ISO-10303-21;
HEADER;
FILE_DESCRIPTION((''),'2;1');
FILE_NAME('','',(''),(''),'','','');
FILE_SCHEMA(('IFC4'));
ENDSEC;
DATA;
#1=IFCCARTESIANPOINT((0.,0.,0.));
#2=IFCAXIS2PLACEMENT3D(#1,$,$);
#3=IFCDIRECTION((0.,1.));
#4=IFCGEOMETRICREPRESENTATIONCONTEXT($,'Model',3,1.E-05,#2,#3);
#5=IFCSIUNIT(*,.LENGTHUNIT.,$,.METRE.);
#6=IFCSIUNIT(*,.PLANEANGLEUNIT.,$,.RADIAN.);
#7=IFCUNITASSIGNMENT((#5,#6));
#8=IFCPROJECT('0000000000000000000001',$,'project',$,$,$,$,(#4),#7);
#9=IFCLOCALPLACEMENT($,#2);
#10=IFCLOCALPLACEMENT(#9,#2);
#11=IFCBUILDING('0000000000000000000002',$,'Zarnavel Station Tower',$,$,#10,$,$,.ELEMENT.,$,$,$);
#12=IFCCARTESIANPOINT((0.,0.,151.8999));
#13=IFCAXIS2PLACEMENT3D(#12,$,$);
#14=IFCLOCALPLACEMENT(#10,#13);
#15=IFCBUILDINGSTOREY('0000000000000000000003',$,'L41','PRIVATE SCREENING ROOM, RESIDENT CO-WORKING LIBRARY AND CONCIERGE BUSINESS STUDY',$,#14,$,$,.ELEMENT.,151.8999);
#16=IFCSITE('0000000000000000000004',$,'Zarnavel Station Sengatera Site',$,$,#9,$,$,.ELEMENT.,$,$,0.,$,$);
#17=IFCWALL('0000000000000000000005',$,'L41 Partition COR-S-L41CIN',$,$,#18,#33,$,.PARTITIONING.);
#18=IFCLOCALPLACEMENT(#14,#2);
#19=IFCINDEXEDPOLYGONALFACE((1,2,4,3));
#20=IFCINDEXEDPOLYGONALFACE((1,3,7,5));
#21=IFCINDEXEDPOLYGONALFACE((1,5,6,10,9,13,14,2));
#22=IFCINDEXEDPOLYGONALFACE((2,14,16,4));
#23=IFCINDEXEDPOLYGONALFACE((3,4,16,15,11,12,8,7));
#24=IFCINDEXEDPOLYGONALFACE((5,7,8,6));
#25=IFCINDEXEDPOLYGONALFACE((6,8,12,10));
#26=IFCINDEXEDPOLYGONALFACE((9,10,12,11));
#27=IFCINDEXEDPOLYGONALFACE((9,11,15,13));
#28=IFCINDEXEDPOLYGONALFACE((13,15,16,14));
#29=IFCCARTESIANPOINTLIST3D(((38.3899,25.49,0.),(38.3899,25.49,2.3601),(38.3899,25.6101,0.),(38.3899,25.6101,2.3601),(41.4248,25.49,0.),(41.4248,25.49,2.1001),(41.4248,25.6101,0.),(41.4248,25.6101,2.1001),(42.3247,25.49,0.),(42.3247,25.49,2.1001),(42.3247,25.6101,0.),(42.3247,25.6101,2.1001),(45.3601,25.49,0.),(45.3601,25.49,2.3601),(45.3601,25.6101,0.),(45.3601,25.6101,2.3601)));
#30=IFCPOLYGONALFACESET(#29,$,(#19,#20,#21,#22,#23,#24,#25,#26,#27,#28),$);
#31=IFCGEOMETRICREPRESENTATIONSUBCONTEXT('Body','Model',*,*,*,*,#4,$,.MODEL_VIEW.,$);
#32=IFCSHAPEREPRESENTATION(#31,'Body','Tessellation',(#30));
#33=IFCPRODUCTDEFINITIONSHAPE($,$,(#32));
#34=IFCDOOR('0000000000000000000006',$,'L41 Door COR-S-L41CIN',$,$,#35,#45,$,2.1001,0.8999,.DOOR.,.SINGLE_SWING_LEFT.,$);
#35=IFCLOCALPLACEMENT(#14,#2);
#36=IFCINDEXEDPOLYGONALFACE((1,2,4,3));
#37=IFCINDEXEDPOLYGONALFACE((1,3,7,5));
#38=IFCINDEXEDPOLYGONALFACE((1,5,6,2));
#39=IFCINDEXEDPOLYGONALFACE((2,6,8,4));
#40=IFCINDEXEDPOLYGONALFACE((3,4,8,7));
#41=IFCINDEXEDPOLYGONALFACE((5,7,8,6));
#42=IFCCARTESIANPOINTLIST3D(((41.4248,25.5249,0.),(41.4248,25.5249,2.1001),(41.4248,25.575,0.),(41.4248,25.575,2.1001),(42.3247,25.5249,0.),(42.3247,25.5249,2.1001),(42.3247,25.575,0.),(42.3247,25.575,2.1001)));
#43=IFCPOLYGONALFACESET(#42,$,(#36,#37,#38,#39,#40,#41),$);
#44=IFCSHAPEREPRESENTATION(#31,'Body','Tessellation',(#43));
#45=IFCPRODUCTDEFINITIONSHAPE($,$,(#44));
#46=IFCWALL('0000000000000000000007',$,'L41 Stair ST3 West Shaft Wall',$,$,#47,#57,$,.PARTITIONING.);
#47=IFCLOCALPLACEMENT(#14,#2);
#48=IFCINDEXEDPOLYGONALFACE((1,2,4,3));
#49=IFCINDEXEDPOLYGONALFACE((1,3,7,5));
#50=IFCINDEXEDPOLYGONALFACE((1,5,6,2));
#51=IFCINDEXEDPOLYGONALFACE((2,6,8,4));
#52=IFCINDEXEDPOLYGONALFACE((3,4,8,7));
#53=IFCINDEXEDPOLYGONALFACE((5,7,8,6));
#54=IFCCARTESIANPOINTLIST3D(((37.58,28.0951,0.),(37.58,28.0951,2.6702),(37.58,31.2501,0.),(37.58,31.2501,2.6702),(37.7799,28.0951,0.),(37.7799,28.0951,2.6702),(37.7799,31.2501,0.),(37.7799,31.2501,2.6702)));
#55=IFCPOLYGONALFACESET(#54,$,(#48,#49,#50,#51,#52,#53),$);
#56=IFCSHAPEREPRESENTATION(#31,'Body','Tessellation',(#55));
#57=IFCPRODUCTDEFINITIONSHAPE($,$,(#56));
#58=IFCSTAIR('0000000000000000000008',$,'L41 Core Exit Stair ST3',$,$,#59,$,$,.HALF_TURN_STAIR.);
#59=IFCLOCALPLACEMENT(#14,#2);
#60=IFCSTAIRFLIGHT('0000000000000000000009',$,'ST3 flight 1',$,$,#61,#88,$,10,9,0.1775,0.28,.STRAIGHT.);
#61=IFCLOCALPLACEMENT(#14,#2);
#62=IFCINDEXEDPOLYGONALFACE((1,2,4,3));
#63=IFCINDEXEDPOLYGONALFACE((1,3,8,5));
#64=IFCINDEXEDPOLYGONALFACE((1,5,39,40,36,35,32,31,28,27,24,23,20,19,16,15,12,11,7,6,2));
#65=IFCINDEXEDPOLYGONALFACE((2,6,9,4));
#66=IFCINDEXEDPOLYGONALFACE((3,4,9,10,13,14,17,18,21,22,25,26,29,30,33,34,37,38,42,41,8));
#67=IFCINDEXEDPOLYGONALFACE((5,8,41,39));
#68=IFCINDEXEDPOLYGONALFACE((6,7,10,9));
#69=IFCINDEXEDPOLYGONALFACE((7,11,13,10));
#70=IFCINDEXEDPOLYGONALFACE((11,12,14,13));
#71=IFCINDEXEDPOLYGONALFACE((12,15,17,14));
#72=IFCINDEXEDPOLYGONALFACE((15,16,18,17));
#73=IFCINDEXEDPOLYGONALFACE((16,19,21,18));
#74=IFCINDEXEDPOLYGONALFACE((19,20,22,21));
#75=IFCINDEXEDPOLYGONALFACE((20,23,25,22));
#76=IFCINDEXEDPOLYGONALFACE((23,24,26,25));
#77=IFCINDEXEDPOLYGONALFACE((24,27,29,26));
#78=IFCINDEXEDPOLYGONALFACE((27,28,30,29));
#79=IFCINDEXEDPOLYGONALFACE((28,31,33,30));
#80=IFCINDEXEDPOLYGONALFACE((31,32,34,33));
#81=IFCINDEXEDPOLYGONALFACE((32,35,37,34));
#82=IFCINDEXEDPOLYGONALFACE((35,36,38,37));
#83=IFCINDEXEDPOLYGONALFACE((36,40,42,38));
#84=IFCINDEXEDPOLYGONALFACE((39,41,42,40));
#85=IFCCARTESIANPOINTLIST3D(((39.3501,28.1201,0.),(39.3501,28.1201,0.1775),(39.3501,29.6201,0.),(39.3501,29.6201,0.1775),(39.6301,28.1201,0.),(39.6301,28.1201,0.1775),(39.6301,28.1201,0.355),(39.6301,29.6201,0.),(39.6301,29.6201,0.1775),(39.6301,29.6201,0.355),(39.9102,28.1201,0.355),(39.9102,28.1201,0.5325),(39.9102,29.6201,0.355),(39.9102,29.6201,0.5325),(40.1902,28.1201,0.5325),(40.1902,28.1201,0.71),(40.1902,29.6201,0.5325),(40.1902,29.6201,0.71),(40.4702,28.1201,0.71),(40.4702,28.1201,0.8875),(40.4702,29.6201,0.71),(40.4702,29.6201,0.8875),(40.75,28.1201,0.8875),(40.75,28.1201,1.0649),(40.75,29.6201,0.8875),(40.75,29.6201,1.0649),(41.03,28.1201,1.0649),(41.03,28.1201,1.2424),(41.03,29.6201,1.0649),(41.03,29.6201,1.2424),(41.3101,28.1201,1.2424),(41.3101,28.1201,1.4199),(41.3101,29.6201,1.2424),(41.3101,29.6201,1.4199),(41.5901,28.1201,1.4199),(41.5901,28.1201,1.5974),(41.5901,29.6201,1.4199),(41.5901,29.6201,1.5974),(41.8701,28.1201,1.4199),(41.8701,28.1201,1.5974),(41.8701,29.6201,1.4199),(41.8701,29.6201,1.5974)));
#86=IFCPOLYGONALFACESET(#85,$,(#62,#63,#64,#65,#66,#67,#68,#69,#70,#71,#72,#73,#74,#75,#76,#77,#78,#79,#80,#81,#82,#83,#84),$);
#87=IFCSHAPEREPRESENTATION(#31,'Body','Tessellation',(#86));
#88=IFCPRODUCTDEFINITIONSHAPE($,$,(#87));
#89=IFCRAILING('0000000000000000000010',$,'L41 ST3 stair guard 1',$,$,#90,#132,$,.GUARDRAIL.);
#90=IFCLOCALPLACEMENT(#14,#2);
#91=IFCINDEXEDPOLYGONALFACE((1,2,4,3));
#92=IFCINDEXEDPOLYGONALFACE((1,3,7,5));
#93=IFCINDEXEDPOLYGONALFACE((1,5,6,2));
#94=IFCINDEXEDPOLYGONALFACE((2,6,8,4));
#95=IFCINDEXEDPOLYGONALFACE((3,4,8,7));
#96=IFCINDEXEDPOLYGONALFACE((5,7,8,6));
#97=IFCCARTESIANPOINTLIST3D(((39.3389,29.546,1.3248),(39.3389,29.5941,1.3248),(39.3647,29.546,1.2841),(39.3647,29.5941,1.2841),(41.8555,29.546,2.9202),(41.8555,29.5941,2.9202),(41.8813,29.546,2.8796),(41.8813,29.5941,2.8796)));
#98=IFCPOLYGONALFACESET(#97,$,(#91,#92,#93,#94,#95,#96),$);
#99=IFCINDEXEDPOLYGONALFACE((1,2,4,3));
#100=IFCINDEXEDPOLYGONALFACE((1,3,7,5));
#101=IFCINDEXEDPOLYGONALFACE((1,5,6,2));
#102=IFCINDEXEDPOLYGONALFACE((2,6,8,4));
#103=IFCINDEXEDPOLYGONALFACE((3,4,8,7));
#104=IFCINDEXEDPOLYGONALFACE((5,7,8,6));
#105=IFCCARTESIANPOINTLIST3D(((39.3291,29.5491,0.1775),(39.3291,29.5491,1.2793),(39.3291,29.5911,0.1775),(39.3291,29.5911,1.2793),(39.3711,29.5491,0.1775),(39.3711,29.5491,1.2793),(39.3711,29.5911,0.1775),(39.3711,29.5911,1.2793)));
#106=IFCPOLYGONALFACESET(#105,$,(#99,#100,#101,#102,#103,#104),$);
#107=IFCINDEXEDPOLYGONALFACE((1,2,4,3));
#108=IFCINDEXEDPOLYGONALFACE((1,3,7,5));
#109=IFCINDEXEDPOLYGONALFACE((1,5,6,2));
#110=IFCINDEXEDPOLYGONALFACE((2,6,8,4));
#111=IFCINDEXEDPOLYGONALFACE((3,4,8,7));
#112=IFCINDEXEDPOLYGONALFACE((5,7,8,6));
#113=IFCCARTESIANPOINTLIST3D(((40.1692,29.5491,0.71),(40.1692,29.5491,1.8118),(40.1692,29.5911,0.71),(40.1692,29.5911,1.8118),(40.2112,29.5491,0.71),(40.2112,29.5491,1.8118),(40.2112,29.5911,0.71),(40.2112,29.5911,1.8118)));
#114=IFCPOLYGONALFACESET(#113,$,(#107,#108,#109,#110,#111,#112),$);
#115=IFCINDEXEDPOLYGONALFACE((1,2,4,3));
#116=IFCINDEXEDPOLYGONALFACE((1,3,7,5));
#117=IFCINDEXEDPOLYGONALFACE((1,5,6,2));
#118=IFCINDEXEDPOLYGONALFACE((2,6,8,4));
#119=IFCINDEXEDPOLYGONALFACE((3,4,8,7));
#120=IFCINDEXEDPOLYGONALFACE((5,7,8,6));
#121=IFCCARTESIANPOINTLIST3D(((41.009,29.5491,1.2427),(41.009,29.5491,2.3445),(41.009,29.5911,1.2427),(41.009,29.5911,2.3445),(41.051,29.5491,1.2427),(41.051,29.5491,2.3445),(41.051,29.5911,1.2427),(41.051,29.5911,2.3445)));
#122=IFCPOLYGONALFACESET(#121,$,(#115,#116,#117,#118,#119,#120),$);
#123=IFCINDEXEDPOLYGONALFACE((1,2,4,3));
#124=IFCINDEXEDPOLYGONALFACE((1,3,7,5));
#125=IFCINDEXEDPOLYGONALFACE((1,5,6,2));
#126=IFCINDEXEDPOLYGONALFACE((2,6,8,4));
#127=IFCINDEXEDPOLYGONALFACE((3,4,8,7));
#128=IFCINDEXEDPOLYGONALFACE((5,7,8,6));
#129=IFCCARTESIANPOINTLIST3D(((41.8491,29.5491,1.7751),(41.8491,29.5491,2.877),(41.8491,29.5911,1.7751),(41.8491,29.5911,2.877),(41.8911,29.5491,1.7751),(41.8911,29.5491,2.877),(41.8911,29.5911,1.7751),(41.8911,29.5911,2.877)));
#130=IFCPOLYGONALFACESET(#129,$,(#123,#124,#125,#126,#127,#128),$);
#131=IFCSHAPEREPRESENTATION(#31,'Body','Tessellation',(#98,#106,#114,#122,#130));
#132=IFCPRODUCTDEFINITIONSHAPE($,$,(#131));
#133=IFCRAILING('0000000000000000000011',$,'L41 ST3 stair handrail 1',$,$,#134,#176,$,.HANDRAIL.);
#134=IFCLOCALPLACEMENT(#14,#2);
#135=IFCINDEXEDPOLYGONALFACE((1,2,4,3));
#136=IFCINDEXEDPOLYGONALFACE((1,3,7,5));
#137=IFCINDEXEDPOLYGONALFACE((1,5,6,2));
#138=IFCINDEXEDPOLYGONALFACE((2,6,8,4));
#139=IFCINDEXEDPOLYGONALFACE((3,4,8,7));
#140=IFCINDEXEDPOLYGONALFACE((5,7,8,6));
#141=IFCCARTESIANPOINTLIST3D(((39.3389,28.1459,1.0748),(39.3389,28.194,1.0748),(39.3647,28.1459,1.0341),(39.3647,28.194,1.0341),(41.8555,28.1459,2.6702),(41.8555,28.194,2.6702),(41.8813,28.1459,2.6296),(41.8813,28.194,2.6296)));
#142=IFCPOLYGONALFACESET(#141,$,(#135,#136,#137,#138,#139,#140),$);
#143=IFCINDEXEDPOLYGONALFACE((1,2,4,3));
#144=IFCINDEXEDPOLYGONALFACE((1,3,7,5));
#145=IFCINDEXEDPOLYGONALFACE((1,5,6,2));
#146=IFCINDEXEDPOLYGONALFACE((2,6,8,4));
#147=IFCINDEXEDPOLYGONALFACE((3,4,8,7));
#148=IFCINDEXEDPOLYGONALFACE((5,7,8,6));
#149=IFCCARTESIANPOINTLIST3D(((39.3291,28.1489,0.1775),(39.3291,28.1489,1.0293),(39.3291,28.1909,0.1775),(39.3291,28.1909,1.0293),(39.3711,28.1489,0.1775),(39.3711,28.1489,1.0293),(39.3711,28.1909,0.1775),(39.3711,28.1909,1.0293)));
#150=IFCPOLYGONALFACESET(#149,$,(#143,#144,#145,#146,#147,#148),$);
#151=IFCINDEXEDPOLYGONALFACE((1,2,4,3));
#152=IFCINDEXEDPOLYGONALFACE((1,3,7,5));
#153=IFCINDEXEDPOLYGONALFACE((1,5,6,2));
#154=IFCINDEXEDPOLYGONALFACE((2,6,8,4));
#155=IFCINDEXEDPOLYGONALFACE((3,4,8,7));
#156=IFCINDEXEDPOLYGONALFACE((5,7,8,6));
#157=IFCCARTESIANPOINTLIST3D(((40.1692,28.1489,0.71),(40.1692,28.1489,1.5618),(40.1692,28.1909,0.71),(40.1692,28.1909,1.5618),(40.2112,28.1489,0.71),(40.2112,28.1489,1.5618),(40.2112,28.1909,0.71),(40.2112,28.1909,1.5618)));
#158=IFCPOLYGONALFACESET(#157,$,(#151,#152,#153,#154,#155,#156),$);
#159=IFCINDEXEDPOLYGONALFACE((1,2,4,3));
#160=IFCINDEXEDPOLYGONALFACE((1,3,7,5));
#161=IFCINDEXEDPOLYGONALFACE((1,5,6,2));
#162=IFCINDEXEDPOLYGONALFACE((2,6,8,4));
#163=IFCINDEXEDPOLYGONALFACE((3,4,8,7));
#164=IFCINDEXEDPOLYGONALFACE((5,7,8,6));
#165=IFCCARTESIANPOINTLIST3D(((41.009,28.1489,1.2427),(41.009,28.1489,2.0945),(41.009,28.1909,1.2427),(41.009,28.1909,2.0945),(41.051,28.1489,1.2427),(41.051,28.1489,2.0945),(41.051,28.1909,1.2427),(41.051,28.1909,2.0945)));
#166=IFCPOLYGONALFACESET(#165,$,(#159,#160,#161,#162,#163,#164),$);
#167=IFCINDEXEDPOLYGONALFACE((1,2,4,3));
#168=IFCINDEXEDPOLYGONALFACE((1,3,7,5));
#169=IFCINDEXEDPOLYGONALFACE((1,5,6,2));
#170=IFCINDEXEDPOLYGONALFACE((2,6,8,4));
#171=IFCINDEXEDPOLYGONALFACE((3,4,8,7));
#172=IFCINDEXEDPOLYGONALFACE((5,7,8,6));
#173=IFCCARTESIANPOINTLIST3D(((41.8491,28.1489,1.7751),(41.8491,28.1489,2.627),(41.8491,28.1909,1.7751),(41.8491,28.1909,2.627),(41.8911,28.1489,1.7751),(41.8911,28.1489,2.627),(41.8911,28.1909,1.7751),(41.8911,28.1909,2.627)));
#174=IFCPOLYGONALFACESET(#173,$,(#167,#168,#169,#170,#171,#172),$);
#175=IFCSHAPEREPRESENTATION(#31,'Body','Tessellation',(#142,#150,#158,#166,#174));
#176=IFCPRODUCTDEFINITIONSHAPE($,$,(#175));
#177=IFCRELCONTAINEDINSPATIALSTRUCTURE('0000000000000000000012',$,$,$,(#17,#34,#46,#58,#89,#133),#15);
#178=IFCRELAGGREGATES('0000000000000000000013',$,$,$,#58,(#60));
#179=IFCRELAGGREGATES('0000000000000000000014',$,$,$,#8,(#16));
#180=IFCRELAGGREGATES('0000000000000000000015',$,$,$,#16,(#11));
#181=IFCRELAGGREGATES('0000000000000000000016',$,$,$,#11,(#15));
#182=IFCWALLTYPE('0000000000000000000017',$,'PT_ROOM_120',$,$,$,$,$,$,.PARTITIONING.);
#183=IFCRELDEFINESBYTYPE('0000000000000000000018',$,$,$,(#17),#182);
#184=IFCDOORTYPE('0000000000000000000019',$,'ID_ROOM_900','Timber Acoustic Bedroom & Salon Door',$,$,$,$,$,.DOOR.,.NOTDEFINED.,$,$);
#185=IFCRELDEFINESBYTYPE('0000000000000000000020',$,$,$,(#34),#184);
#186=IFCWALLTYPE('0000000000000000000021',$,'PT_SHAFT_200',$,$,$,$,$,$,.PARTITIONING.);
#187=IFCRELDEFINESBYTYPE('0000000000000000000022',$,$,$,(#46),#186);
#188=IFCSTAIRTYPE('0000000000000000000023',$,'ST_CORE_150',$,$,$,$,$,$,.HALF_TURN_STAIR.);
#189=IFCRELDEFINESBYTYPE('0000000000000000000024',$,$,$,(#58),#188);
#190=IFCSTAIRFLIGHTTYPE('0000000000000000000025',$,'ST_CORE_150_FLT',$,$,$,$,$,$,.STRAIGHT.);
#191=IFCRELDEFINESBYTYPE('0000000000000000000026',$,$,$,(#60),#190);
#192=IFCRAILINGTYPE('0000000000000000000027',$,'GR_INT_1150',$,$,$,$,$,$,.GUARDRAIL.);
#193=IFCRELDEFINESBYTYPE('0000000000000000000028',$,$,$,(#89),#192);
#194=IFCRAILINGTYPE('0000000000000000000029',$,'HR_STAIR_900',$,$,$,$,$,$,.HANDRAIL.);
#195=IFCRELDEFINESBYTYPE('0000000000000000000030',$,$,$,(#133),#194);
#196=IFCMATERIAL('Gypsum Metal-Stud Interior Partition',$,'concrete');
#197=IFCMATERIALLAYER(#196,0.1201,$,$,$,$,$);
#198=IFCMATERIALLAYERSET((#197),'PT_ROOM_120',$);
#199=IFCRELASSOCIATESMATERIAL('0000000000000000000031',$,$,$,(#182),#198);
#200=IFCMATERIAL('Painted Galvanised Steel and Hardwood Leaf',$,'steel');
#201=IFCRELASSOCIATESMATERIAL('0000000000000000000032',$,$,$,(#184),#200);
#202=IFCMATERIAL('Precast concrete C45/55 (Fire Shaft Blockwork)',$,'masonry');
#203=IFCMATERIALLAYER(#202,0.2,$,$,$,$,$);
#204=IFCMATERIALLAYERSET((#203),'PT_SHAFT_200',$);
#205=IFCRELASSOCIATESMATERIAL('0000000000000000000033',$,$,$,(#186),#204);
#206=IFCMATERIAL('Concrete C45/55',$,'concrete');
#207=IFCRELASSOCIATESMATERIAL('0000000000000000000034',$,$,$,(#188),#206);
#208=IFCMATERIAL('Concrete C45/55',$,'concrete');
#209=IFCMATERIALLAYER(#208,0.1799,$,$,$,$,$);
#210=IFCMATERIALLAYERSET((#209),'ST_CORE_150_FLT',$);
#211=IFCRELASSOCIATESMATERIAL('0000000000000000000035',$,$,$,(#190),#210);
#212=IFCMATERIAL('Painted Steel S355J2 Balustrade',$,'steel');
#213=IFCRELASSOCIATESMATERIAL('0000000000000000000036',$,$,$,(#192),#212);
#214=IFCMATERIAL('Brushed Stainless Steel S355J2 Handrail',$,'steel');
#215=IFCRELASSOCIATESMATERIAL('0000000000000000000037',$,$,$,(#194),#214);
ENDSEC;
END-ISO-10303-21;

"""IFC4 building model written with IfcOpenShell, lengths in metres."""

from ifc_helpers import new_model, si_unit, direction, frame, frame_2d, origin, origin_2d, place, context, subcontext, project, spatial, polyline, rectangle, outline, extrude, material, layer, layer_set, type_object, element, fill, aggregate, save


model = new_model("IFC4")

# Units and contexts
model_context = context("Model", 3, precision=1e-05, world=origin(), true_north=direction((0.0, 1.0)))
body_context = subcontext(model_context, "Body", "Model", "MODEL_VIEW")
ifc_project = project(units=[si_unit("LENGTHUNIT", "METRE"), si_unit("PLANEANGLEUNIT", "RADIAN")], contexts=[model_context])

# Site, building, storey
site_placement = place(None, origin())
site = spatial("IfcSite", under=ifc_project, at=site_placement, Name="Zarnavel Station Sengatera Site", CompositionType="ELEMENT", RefElevation=0.0)
building_placement = place(site_placement, origin())
building = spatial("IfcBuilding", under=site, at=building_placement, Name="Zarnavel Station Tower", CompositionType="ELEMENT")
storey_placement = place(building_placement, frame((0.0, 0.0, 151.8999)))
storey = spatial("IfcBuildingStorey", under=building, at=storey_placement, Name="L41", Description="PRIVATE SCREENING ROOM, RESIDENT CO-WORKING LIBRARY AND CONCIERGE BUSINESS STUDY", CompositionType="ELEMENT", Elevation=151.8999)

# Wall, opening, door
ifc_material_1 = material(Name="Gypsum Metal-Stud Interior Partition", Category="concrete")
ifc_layer_1 = layer(ifc_material_1, 0.1201)
ifc_layer_set_1 = layer_set([ifc_layer_1], Name="PT_ROOM_120")
wall_type_1 = type_object("IfcWallType", Name="PT_ROOM_120", PredefinedType="PARTITIONING", material=ifc_layer_set_1)
wall_1_placement = place(storey_placement, frame((38.3899, 25.55, 0.0), z_axis=(0.0, 0.0, 1.0), x_axis=(1.0, 0.0, 0.0)))
wall_1 = element("IfcWall", 1, at=wall_1_placement, inside=storey, type_object=wall_type_1, Name="L41 Partition COR-S-L41CIN", PredefinedType="PARTITIONING", context=body_context, shape_type="SweptSolid", body=[
    extrude(rectangle(XDim=6.9702, YDim=0.1201, at=frame_2d((3.4851, 0.0))), origin(), (0.0, 0.0, 1.0), 2.3601),
])
opening_1_placement = place(wall_1_placement, frame((3.0349, 0.0, 0.0)))
opening_1 = element("IfcOpeningElement", 2, at=opening_1_placement, cuts=wall_1, PredefinedType="OPENING", context=body_context, shape_type="SweptSolid", body=[
    extrude(rectangle(XDim=0.8999, YDim=2.1001, at=frame_2d((0.45, 1.05))), frame((0.0, 0.0701, 0.0), z_axis=(0.0, -1.0, 0.0), x_axis=(1.0, 0.0, 0.0)), (0.0, 0.0, 1.0), 0.1401),
])
ifc_material_2 = material(Name="Painted Galvanised Steel and Hardwood Leaf", Category="steel")
door_type_1 = type_object("IfcDoorType", Name="ID_ROOM_900", Description="Timber Acoustic Bedroom & Salon Door", OperationType="NOTDEFINED", PredefinedType="DOOR", material=ifc_material_2)
door_1_placement = place(opening_1_placement, origin())
door_1 = element("IfcDoor", 3, at=door_1_placement, inside=storey, type_object=door_type_1, Name="L41 Door COR-S-L41CIN", OperationType="SINGLE_SWING_LEFT", OverallHeight=2.1001, OverallWidth=0.8999, PredefinedType="DOOR", context=body_context, shape_type="SweptSolid", body=[
    extrude(rectangle(XDim=0.8999, YDim=2.1001, at=frame_2d((0.45, 1.05))), frame((0.0, 0.0249, 0.0), z_axis=(0.0, -1.0, 0.0), x_axis=(1.0, 0.0, 0.0)), (0.0, 0.0, 1.0), 0.05),
])
fill(opening_1, door_1)

# Wall
ifc_material_3 = material(Name="Precast concrete C45/55 (Fire Shaft Blockwork)", Category="masonry")
ifc_layer_2 = layer(ifc_material_3, 0.2)
ifc_layer_set_2 = layer_set([ifc_layer_2], Name="PT_SHAFT_200")
wall_type_2 = type_object("IfcWallType", Name="PT_SHAFT_200", PredefinedType="PARTITIONING", material=ifc_layer_set_2)
wall_2_placement = place(storey_placement, frame((37.6799, 28.095, 0.0), z_axis=(0.0, 0.0, 1.0), x_axis=(0.0, 1.0, 0.0)))
element("IfcWall", 4, at=wall_2_placement, inside=storey, type_object=wall_type_2, Name="L41 Stair ST3 West Shaft Wall", PredefinedType="PARTITIONING", context=body_context, shape_type="SweptSolid", body=[
    extrude(rectangle(XDim=3.155, YDim=0.2, at=frame_2d((1.5776, 0.0))), origin(), (0.0, 0.0, 1.0), 2.6702),
])

# Stair, stair flight
ifc_material_4 = material(Name="Concrete C45/55", Category="concrete")
stair_type = type_object("IfcStairType", Name="ST_CORE_150", PredefinedType="HALF_TURN_STAIR", material=ifc_material_4)
stair_placement = place(storey_placement, origin())
stair = element("IfcStair", 5, at=stair_placement, inside=storey, type_object=stair_type, Name="L41 Core Exit Stair ST3", PredefinedType="HALF_TURN_STAIR")
ifc_material_5 = material(Name="Concrete C45/55", Category="concrete")
ifc_layer_3 = layer(ifc_material_5, 0.1799)
ifc_layer_set_3 = layer_set([ifc_layer_3], Name="ST_CORE_150_FLT")
stair_flight_type = type_object("IfcStairFlightType", Name="ST_CORE_150_FLT", PredefinedType="STRAIGHT", material=ifc_layer_set_3)
stair_flight_placement = place(storey_placement, frame((39.3501, 28.8701, 0.0), z_axis=(0.0, 0.0, 1.0), x_axis=(1.0, 0.0, 0.0)))
stair_flight = element("IfcStairFlight", 6, at=stair_flight_placement, type_object=stair_flight_type, Name="ST3 flight 1", NumberOfRisers=10, NumberOfTreads=9, PredefinedType="STRAIGHT", RiserHeight=0.1775, TreadLength=0.28, context=body_context, shape_type="SweptSolid", body=[
    extrude(outline(polyline([(0.0, 0.0), (0.0, 0.1775), (0.28, 0.1775), (0.28, 0.355), (0.5601, 0.355), (0.5601, 0.5325), (0.8401, 0.5325), (0.8401, 0.71), (1.1201, 0.71), (1.1201, 0.8875), (1.3999, 0.8875), (1.3999, 1.0649), (1.6799, 1.0649), (1.6799, 1.2424), (1.96, 1.2424), (1.96, 1.4199), (2.24, 1.4199), (2.24, 1.5974), (2.52, 1.5974), (2.52, 1.7749), (2.52, 1.4199), (0.28, 0.0), (0.0, 0.0)])), frame((0.0, 0.75, 0.0), z_axis=(0.0, -1.0, 0.0), x_axis=(1.0, 0.0, 0.0)), (0.0, 0.0, 1.0), 1.5),
])
aggregate(stair, [stair_flight])

# Railings
ifc_material_6 = material(Name="Painted Steel S355J2 Balustrade", Category="steel")
railing_type_1 = type_object("IfcRailingType", Name="GR_INT_1150", PredefinedType="GUARDRAIL", material=ifc_material_6)
railing_1_placement = place(storey_placement, frame((39.3501, 29.5701, 0.1775)))
element("IfcRailing", 7, at=railing_1_placement, inside=storey, type_object=railing_type_1, Name="L41 ST3 stair guard 1", PredefinedType="GUARDRAIL", context=body_context, shape_type="SweptSolid", body=[
    extrude(rectangle(XDim=0.0481, YDim=0.0481, at=origin_2d()), frame((0.0017, 0.0, 1.127), z_axis=(0.84457, 0.0, 0.535445), x_axis=(0.0, 1.0, 0.0)), (0.0, 0.0, 1.0), 2.9797),
    extrude(rectangle(XDim=0.042, YDim=0.042, at=origin_2d()), origin(), (0.0, 0.0, 1.0), 1.1018),
    extrude(rectangle(XDim=0.042, YDim=0.042, at=origin_2d()), frame((0.8401, 0.0, 0.5325)), (0.0, 0.0, 1.0), 1.1018),
    extrude(rectangle(XDim=0.042, YDim=0.042, at=origin_2d()), frame((1.6799, 0.0, 1.0652)), (0.0, 0.0, 1.0), 1.1018),
    extrude(rectangle(XDim=0.042, YDim=0.042, at=origin_2d()), frame((2.52, 0.0, 1.5977)), (0.0, 0.0, 1.0), 1.1018),
])
ifc_material_7 = material(Name="Brushed Stainless Steel S355J2 Handrail", Category="steel")
railing_type_2 = type_object("IfcRailingType", Name="HR_STAIR_900", PredefinedType="HANDRAIL", material=ifc_material_7)
railing_2_placement = place(storey_placement, frame((39.3501, 28.1699, 0.1775)))
element("IfcRailing", 8, at=railing_2_placement, inside=storey, type_object=railing_type_2, Name="L41 ST3 stair handrail 1", PredefinedType="HANDRAIL", context=body_context, shape_type="SweptSolid", body=[
    extrude(rectangle(XDim=0.0481, YDim=0.0481, at=origin_2d()), frame((0.0017, 0.0, 0.877), z_axis=(0.84457, 0.0, 0.535445), x_axis=(0.0, 1.0, 0.0)), (0.0, 0.0, 1.0), 2.9797),
    extrude(rectangle(XDim=0.042, YDim=0.042, at=origin_2d()), origin(), (0.0, 0.0, 1.0), 0.8518),
    extrude(rectangle(XDim=0.042, YDim=0.042, at=origin_2d()), frame((0.8401, 0.0, 0.5325)), (0.0, 0.0, 1.0), 0.8518),
    extrude(rectangle(XDim=0.042, YDim=0.042, at=origin_2d()), frame((1.6799, 0.0, 1.0652)), (0.0, 0.0, 1.0), 0.8518),
    extrude(rectangle(XDim=0.042, YDim=0.042, at=origin_2d()), frame((2.52, 0.0, 1.5977)), (0.0, 0.0, 1.0), 0.8518),
])

save(model, "model.ifc")
